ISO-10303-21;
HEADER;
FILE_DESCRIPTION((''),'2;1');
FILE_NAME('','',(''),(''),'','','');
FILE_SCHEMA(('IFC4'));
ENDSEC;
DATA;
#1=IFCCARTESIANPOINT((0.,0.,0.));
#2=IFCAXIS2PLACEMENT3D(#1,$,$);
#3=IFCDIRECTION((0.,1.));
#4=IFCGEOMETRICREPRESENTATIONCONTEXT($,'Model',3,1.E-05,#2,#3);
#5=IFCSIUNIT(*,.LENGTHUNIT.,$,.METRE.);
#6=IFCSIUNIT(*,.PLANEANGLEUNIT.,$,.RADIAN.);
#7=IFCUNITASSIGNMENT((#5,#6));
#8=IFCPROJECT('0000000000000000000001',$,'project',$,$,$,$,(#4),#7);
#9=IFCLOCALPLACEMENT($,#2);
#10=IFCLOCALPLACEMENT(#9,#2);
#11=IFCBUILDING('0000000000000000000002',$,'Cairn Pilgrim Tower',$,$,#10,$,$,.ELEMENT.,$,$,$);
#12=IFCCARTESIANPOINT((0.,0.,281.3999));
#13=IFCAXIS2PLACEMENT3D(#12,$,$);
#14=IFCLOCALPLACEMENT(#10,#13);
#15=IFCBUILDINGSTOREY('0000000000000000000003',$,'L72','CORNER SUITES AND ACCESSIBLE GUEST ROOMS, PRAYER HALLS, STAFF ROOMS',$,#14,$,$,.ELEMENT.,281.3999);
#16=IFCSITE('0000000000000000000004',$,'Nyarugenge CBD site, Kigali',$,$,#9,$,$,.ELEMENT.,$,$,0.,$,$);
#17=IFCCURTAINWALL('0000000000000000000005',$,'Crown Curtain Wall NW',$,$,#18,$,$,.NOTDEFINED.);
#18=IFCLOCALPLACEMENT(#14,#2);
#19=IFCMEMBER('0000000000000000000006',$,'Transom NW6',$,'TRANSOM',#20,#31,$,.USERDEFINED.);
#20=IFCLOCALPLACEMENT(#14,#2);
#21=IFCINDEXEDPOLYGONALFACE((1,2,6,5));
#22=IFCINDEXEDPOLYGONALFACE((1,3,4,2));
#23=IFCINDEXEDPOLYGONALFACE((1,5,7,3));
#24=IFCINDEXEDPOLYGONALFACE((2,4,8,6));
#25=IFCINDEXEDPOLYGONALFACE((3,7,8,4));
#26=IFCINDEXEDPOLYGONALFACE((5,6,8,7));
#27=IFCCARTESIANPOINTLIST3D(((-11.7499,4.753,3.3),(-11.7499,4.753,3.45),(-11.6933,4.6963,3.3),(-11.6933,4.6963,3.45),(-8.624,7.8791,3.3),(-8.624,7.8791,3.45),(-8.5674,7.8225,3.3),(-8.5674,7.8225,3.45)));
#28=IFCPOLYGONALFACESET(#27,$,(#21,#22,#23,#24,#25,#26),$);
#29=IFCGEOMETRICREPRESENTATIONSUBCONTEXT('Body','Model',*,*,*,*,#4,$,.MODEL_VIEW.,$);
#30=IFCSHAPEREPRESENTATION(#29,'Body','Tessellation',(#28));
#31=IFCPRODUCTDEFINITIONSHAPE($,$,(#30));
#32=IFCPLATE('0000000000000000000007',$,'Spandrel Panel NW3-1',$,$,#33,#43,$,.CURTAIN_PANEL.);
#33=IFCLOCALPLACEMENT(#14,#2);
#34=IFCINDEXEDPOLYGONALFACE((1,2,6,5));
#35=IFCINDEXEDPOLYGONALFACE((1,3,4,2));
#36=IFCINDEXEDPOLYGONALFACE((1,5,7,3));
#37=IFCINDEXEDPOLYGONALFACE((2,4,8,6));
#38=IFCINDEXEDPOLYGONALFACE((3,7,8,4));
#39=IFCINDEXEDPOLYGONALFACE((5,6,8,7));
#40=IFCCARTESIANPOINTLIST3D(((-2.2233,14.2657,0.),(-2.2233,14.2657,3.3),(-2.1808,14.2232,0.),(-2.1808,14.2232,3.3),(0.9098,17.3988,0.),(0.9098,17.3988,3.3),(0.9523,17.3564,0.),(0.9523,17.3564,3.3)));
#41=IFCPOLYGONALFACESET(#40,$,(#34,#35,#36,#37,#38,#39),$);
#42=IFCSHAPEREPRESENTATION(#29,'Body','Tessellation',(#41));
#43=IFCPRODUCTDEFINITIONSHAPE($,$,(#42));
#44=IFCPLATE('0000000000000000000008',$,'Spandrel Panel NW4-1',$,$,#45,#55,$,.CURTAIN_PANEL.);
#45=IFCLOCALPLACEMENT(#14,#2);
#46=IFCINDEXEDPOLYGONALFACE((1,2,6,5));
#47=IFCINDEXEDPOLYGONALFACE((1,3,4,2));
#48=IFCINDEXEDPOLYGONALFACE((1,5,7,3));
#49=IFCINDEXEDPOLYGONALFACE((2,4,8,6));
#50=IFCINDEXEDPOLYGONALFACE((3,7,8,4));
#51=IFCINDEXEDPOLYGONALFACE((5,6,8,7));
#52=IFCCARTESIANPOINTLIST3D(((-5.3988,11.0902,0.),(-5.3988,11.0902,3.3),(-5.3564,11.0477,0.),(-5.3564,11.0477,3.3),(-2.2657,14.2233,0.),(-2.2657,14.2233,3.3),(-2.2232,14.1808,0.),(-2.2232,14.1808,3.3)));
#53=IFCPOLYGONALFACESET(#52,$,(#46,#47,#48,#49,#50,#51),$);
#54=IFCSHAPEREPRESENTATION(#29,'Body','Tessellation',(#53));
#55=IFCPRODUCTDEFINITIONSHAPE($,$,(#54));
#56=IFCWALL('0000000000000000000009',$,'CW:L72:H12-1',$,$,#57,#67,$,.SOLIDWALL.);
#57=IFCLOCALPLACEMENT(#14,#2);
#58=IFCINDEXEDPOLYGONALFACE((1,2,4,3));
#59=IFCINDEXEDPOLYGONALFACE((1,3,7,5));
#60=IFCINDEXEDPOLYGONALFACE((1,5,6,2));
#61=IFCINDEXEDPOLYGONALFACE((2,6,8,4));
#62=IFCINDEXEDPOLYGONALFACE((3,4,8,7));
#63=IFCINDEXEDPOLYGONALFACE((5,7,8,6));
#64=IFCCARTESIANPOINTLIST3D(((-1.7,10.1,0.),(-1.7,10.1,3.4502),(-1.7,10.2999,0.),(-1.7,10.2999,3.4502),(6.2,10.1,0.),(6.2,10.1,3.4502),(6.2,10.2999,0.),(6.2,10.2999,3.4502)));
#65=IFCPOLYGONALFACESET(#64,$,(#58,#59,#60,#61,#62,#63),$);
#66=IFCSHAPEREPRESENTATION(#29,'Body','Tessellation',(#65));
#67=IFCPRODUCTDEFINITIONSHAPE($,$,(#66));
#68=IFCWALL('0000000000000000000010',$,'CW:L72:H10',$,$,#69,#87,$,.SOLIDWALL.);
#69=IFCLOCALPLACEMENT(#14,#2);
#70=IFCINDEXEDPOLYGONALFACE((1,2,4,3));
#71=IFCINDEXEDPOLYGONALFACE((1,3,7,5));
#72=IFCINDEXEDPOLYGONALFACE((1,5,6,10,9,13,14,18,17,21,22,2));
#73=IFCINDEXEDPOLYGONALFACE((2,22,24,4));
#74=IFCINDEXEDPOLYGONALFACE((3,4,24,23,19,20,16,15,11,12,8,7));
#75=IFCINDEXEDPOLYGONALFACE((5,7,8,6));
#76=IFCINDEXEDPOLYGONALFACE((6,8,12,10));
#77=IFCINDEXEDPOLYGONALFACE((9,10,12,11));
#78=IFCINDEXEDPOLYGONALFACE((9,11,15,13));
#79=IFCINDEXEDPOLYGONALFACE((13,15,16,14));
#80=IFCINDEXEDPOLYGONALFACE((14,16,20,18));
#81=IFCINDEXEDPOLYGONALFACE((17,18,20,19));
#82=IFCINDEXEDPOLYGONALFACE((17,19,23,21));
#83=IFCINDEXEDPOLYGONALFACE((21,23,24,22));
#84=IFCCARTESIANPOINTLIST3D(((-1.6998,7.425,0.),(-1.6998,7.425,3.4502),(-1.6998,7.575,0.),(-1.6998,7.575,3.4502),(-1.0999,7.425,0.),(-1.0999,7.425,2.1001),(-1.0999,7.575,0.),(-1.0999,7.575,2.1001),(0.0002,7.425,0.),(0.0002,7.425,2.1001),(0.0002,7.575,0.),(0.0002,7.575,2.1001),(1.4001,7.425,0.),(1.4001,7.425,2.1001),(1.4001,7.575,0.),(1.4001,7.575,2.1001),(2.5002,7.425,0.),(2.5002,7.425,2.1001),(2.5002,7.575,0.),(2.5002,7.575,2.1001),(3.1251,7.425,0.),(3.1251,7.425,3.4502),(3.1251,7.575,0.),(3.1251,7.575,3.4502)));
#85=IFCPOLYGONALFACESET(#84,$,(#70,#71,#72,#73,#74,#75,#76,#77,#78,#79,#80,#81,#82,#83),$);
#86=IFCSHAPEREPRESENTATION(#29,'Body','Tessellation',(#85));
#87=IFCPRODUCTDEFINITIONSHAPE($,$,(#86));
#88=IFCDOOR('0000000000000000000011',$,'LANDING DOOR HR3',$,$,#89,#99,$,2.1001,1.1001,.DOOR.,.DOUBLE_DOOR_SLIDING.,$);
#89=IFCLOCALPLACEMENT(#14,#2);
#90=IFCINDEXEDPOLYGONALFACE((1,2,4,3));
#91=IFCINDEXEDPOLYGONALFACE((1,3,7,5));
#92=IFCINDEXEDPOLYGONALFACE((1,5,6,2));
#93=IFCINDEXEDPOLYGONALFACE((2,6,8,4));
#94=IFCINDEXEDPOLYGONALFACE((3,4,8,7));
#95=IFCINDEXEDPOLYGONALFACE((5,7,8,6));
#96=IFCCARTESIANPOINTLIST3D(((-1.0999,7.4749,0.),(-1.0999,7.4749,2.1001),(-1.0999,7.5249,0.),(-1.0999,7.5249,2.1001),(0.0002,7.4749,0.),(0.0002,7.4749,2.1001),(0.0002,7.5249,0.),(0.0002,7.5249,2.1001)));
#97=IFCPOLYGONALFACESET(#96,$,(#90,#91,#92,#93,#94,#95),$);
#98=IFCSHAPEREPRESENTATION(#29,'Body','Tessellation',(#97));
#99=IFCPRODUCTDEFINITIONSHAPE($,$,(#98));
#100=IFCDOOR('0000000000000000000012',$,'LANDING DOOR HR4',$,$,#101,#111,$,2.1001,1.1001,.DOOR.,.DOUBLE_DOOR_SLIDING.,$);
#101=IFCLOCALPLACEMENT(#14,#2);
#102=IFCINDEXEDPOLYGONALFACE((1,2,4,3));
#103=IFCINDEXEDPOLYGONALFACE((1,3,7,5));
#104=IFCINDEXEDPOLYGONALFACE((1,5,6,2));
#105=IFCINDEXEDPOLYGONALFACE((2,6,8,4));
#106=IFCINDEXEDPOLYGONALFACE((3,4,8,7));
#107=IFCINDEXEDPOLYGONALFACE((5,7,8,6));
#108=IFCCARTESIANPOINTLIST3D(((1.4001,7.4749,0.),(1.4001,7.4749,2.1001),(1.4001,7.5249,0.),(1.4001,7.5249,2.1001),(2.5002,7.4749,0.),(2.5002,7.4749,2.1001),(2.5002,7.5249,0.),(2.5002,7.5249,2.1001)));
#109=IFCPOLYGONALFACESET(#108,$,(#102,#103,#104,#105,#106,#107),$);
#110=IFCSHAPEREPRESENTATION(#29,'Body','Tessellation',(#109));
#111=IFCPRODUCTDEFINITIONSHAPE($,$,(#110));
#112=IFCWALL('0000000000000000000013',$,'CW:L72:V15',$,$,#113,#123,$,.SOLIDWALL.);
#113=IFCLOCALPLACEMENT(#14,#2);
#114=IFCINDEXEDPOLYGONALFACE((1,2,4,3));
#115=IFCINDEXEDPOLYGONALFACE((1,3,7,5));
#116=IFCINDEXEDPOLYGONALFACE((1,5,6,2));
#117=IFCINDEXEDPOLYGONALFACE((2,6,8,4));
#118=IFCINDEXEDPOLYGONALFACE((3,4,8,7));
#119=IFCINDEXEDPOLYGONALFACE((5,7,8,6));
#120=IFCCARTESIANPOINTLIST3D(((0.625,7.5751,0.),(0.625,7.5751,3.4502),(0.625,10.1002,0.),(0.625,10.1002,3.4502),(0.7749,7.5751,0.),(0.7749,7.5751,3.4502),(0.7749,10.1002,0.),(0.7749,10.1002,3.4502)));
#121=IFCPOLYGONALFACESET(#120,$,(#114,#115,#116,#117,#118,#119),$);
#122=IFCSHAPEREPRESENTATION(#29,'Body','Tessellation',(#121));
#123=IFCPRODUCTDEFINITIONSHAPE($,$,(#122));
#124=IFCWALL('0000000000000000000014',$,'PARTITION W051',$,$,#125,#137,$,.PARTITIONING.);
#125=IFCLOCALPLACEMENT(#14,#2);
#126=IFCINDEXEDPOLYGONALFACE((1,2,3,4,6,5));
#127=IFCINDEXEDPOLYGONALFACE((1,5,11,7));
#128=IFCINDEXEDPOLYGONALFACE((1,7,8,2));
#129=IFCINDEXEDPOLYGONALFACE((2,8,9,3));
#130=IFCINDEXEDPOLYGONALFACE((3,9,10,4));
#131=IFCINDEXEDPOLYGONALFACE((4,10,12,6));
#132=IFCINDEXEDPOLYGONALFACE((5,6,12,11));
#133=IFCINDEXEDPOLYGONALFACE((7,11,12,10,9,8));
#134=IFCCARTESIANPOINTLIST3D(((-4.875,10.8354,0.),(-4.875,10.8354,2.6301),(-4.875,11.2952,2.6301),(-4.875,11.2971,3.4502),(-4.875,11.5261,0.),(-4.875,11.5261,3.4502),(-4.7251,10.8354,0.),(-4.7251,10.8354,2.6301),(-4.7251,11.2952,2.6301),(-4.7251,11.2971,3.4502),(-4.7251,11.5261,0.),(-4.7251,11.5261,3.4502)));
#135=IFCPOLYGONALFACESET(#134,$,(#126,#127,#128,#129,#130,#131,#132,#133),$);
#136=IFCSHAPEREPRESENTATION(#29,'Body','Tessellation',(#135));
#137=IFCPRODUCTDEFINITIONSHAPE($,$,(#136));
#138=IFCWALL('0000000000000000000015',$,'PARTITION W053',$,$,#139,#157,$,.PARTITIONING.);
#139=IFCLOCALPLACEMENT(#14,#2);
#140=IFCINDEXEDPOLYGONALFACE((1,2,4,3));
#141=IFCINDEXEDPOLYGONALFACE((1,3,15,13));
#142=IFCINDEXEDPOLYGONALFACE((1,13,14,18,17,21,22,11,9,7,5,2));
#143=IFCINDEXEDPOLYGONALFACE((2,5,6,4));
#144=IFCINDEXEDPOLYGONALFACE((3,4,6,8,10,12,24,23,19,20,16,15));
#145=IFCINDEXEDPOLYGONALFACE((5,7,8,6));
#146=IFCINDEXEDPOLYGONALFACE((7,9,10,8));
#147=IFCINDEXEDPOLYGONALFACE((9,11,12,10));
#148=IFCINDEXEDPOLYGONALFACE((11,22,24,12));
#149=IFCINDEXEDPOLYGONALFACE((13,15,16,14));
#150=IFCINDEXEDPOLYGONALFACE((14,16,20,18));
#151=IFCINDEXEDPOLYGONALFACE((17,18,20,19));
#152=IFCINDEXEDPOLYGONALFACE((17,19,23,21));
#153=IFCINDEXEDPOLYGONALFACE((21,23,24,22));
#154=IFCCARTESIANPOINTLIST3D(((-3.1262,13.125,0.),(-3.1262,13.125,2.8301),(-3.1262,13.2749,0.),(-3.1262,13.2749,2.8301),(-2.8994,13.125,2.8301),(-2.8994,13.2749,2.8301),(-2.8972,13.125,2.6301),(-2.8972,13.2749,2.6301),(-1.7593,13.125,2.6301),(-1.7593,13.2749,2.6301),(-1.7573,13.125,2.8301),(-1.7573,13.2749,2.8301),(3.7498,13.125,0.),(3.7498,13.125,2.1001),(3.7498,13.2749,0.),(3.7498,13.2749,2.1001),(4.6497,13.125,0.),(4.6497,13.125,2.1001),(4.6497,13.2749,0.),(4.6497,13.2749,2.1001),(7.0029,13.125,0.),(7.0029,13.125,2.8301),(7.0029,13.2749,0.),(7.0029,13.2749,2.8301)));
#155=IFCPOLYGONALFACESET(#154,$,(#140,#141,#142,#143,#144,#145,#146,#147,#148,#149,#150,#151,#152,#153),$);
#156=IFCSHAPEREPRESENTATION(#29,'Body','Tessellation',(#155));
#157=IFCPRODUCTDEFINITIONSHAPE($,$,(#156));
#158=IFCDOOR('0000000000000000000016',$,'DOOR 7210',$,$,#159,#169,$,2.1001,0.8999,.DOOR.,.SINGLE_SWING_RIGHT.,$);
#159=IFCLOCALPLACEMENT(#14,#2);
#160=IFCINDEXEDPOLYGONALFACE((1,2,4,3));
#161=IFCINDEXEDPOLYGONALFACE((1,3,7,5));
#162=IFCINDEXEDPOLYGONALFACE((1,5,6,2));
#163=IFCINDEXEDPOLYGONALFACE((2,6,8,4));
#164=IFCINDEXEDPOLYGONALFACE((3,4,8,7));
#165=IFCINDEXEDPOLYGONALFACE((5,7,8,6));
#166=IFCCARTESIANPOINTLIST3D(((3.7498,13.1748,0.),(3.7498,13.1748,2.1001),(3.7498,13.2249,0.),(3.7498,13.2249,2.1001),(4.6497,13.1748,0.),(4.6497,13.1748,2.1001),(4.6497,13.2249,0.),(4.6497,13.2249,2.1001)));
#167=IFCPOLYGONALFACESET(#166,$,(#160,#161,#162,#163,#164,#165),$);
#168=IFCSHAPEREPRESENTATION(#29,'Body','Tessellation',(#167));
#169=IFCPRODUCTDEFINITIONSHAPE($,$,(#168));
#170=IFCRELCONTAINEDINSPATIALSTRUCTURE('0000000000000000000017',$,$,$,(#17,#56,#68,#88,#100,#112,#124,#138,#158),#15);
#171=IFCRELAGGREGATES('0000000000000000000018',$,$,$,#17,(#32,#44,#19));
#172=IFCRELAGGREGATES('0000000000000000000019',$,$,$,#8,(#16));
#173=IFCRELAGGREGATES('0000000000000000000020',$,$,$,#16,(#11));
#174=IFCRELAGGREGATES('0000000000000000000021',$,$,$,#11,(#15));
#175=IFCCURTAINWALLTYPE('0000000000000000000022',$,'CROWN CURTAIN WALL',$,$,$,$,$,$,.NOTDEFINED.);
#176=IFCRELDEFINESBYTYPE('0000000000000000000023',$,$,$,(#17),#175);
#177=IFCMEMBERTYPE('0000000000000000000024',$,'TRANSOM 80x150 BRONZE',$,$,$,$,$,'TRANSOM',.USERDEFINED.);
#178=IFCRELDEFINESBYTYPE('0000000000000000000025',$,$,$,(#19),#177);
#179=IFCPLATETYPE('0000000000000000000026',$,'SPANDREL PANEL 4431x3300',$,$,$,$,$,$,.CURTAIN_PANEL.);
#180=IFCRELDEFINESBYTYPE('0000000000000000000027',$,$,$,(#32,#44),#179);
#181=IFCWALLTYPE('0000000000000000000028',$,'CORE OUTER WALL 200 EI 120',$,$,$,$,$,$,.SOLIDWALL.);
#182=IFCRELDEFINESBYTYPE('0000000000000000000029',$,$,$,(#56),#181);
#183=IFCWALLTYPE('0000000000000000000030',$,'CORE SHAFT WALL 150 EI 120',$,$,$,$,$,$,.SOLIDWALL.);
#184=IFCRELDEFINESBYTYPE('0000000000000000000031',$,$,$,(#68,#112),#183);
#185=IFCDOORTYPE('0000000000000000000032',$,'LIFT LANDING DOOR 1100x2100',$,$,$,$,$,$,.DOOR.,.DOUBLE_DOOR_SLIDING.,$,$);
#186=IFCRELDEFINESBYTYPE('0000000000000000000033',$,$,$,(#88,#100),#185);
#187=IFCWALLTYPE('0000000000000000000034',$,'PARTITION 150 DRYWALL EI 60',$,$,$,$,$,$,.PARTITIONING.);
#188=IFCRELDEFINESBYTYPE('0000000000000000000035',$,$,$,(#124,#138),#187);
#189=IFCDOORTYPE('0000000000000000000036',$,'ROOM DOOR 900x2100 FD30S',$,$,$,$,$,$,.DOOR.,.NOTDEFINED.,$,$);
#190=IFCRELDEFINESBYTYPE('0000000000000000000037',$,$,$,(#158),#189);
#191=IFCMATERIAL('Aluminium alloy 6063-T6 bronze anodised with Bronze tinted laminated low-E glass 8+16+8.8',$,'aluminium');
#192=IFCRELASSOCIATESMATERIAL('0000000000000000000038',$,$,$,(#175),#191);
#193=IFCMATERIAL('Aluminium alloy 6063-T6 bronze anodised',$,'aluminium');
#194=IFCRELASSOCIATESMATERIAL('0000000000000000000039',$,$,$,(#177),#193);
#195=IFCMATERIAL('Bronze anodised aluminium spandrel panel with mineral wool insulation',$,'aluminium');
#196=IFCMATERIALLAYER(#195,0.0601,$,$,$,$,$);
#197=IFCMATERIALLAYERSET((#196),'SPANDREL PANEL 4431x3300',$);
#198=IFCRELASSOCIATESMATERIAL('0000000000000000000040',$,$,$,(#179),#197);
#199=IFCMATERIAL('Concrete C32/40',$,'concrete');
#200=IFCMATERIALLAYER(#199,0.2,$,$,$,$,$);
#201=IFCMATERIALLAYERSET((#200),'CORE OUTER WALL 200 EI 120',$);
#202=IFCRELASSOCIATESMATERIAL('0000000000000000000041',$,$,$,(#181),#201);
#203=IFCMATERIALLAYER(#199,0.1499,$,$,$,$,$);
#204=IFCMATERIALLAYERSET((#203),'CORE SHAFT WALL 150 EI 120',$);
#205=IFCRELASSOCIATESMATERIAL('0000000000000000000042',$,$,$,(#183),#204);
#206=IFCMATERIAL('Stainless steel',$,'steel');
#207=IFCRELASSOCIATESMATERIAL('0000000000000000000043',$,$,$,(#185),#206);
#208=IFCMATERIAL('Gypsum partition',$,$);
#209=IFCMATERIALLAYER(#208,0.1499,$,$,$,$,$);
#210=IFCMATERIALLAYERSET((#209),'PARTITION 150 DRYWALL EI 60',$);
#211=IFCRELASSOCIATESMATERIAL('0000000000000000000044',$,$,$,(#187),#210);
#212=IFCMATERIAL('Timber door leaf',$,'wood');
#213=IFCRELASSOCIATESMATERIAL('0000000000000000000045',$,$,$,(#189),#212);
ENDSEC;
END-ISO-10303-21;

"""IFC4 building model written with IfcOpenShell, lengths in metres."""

from ifc_helpers import new_model, si_unit, direction, frame, frame_2d, origin, origin_2d, place, context, subcontext, project, spatial, polyline, rectangle, outline, extrude, material, layer, layer_set, material_profile, profile_set, type_object, element, fill, aggregate, save


model = new_model("IFC4")

# Units and contexts
model_context = context("Model", 3, precision=1e-05, world=origin(), true_north=direction((0.0, 1.0)))
body_context = subcontext(model_context, "Body", "Model", "MODEL_VIEW")
ifc_project = project(units=[si_unit("LENGTHUNIT", "METRE"), si_unit("PLANEANGLEUNIT", "RADIAN")], contexts=[model_context])

# Site, building, storey
site_placement = place(None, origin())
site = spatial("IfcSite", under=ifc_project, at=site_placement, Name="Nyarugenge CBD site, Kigali", CompositionType="ELEMENT", RefElevation=0.0)
building_placement = place(site_placement, origin())
building = spatial("IfcBuilding", under=site, at=building_placement, Name="Cairn Pilgrim Tower", CompositionType="ELEMENT")
storey_placement = place(building_placement, frame((0.0, 0.0, 281.3999)))
storey = spatial("IfcBuildingStorey", under=building, at=storey_placement, Name="L72", Description="CORNER SUITES AND ACCESSIBLE GUEST ROOMS, PRAYER HALLS, STAFF ROOMS", CompositionType="ELEMENT", Elevation=281.3999)

# Curtain wall
ifc_material_1 = material(Name="Aluminium alloy 6063-T6 bronze anodised with Bronze tinted laminated low-E glass 8+16+8.8", Category="aluminium")
curtain_wall_type = type_object("IfcCurtainWallType", Name="CROWN CURTAIN WALL", PredefinedType="NOTDEFINED", material=ifc_material_1)
curtain_wall_placement = place(storey_placement, origin())
curtain_wall = element("IfcCurtainWall", 1, at=curtain_wall_placement, inside=storey, type_object=curtain_wall_type, Name="Crown Curtain Wall NW", PredefinedType="NOTDEFINED")
ifc_material_2 = material(Name="Aluminium alloy 6063-T6 bronze anodised", Category="aluminium")

# Member
ifc_material_profile_1 = material_profile(ifc_material_2, rectangle(XDim=0.0801, YDim=0.1499, at=origin_2d()), Name="TRANSOM 80x150 BRONZE")
ifc_profile_set_1 = profile_set([ifc_material_profile_1], Name="Aluminium alloy 6063-T6 bronze anodised")
member_type_1 = type_object("IfcMemberType", Name="TRANSOM 80x150 BRONZE", ElementType="TRANSOM", PredefinedType="USERDEFINED", material=ifc_profile_set_1)
member_1_placement = place(storey_placement, frame((-8.5957, 7.8508, 3.375), z_axis=(-0.707079, -0.707134, 0.0), x_axis=(0.707134, -0.707079, 0.0)))
member_1 = element("IfcMember", 2, at=member_1_placement, type_object=member_type_1, Name="Transom NW6", ObjectType="TRANSOM", PredefinedType="USERDEFINED", context=body_context, shape_type="SweptSolid", body=[
    extrude(rectangle(XDim=0.0801, YDim=0.1499, at=origin_2d()), origin(), (0.0, 0.0, 1.0), 4.4209),
])

# Plates
ifc_material_3 = material(Name="Bronze anodised aluminium spandrel panel with mineral wool insulation", Category="aluminium")
ifc_layer_1 = layer(ifc_material_3, 0.0601)
ifc_layer_set_1 = layer_set([ifc_layer_1], Name="SPANDREL PANEL 4431x3300")
plate_type = type_object("IfcPlateType", Name="SPANDREL PANEL 4431x3300", PredefinedType="CURTAIN_PANEL", material=ifc_layer_set_1)
plate_1_placement = place(storey_placement, frame((-0.6355, 15.811, 0.0), z_axis=(0.0, 0.0, 1.0), x_axis=(-0.707107, -0.707107, 0.0)))
plate_1 = element("IfcPlate", 3, at=plate_1_placement, type_object=plate_type, Name="Spandrel Panel NW3-1", PredefinedType="CURTAIN_PANEL", context=body_context, shape_type="SweptSolid", body=[
    extrude(rectangle(XDim=4.4309, YDim=0.0601, at=origin_2d()), origin(), (0.0, 0.0, 1.0), 3.3),
])
plate_2_placement = place(storey_placement, frame((-3.811, 12.6355, 0.0), z_axis=(0.0, 0.0, 1.0), x_axis=(-0.707107, -0.707107, 0.0)))
plate_2 = element("IfcPlate", 4, at=plate_2_placement, type_object=plate_type, Name="Spandrel Panel NW4-1", PredefinedType="CURTAIN_PANEL", context=body_context, shape_type="SweptSolid", body=[
    extrude(rectangle(XDim=4.4309, YDim=0.0601, at=origin_2d()), origin(), (0.0, 0.0, 1.0), 3.3),
])
aggregate(curtain_wall, [plate_1, plate_2, member_1])

# Wall
ifc_material_4 = material(Name="Concrete C32/40", Category="concrete")
ifc_layer_2 = layer(ifc_material_4, 0.2)
ifc_layer_set_2 = layer_set([ifc_layer_2], Name="CORE OUTER WALL 200 EI 120")
wall_type_1 = type_object("IfcWallType", Name="CORE OUTER WALL 200 EI 120", PredefinedType="SOLIDWALL", material=ifc_layer_set_2)
wall_1_placement = place(storey_placement, frame((-1.7, 10.2, 0.0), z_axis=(0.0, 0.0, 1.0), x_axis=(1.0, 0.0, 0.0)))
element("IfcWall", 5, at=wall_1_placement, inside=storey, type_object=wall_type_1, Name="CW:L72:H12-1", PredefinedType="SOLIDWALL", context=body_context, shape_type="SweptSolid", body=[
    extrude(rectangle(XDim=7.8999, YDim=0.2, at=frame_2d((3.95, 0.0))), origin(), (0.0, 0.0, 1.0), 3.4502),
])

# Wall, openings, doors
ifc_layer_3 = layer(ifc_material_4, 0.1499)
ifc_layer_set_3 = layer_set([ifc_layer_3], Name="CORE SHAFT WALL 150 EI 120")
wall_type_2 = type_object("IfcWallType", Name="CORE SHAFT WALL 150 EI 120", PredefinedType="SOLIDWALL", material=ifc_layer_set_3)
wall_2_placement = place(storey_placement, frame((-1.7, 7.5, 0.0), z_axis=(0.0, 0.0, 1.0), x_axis=(1.0, 0.0, 0.0)))
wall_2 = element("IfcWall", 6, at=wall_2_placement, inside=storey, type_object=wall_type_2, Name="CW:L72:H10", PredefinedType="SOLIDWALL", context=body_context, shape_type="SweptSolid", body=[
    extrude(rectangle(XDim=4.825, YDim=0.1499, at=frame_2d((2.4126, 0.0))), origin(), (0.0, 0.0, 1.0), 3.4502),
])
opening_1_placement = place(wall_2_placement, frame((0.6001, 0.0, 0.0)))
opening_1 = element("IfcOpeningElement", 7, at=opening_1_placement, cuts=wall_2, PredefinedType="OPENING", context=body_context, shape_type="SweptSolid", body=[
    extrude(rectangle(XDim=1.1001, YDim=2.1001, at=frame_2d((0.55, 1.05))), frame((0.0, 0.085, 0.0), z_axis=(0.0, -1.0, 0.0), x_axis=(1.0, 0.0, 0.0)), (0.0, 0.0, 1.0), 0.1699),
])
opening_2_placement = place(wall_2_placement, frame((3.1001, 0.0, 0.0)))
opening_2 = element("IfcOpeningElement", 8, at=opening_2_placement, cuts=wall_2, PredefinedType="OPENING", context=body_context, shape_type="SweptSolid", body=[
    extrude(rectangle(XDim=1.1001, YDim=2.1001, at=frame_2d((0.55, 1.05))), frame((0.0, 0.085, 0.0), z_axis=(0.0, -1.0, 0.0), x_axis=(1.0, 0.0, 0.0)), (0.0, 0.0, 1.0), 0.1699),
])
ifc_material_5 = material(Name="Stainless steel", Category="steel")
door_type_1 = type_object("IfcDoorType", Name="LIFT LANDING DOOR 1100x2100", OperationType="DOUBLE_DOOR_SLIDING", PredefinedType="DOOR", material=ifc_material_5)
door_1_placement = place(opening_1_placement, origin())
door_1 = element("IfcDoor", 9, at=door_1_placement, inside=storey, type_object=door_type_1, Name="LANDING DOOR HR3", OperationType="DOUBLE_DOOR_SLIDING", OverallHeight=2.1001, OverallWidth=1.1001, PredefinedType="DOOR", context=body_context, shape_type="SweptSolid", body=[
    extrude(rectangle(XDim=1.1001, YDim=2.1001, at=frame_2d((0.55, 1.05))), frame((0.0, 0.0249, 0.0), z_axis=(0.0, -1.0, 0.0), x_axis=(1.0, 0.0, 0.0)), (0.0, 0.0, 1.0), 0.05),
])
fill(opening_1, door_1)
door_2_placement = place(opening_2_placement, origin())
door_2 = element("IfcDoor", 10, at=door_2_placement, inside=storey, type_object=door_type_1, Name="LANDING DOOR HR4", OperationType="DOUBLE_DOOR_SLIDING", OverallHeight=2.1001, OverallWidth=1.1001, PredefinedType="DOOR", context=body_context, shape_type="SweptSolid", body=[
    extrude(rectangle(XDim=1.1001, YDim=2.1001, at=frame_2d((0.55, 1.05))), frame((0.0, 0.0249, 0.0), z_axis=(0.0, -1.0, 0.0), x_axis=(1.0, 0.0, 0.0)), (0.0, 0.0, 1.0), 0.05),
])
fill(opening_2, door_2)

# Walls
wall_3_placement = place(storey_placement, frame((0.7, 7.575, 0.0), z_axis=(0.0, 0.0, 1.0), x_axis=(0.0, 1.0, 0.0)))
element("IfcWall", 11, at=wall_3_placement, inside=storey, type_object=wall_type_2, Name="CW:L72:V15", PredefinedType="SOLIDWALL", context=body_context, shape_type="SweptSolid", body=[
    extrude(rectangle(XDim=2.5251, YDim=0.1499, at=frame_2d((1.2627, 0.0))), origin(), (0.0, 0.0, 1.0), 3.4502),
])
ifc_material_6 = material(Name="Gypsum partition")
ifc_layer_4 = layer(ifc_material_6, 0.1499)
ifc_layer_set_4 = layer_set([ifc_layer_4], Name="PARTITION 150 DRYWALL EI 60")
wall_type_3 = type_object("IfcWallType", Name="PARTITION 150 DRYWALL EI 60", PredefinedType="PARTITIONING", material=ifc_layer_set_4)
wall_4_placement = place(storey_placement, frame((-4.8, 10.8354, 0.0), z_axis=(0.0, 0.0, 1.0), x_axis=(0.0, 1.0, 0.0)))
element("IfcWall", 12, at=wall_4_placement, inside=storey, type_object=wall_type_3, Name="PARTITION W051", PredefinedType="PARTITIONING", context=body_context, shape_type="SweptSolid", body=[
    extrude(outline(polyline([(0.0, 0.0), (0.6907, 0.0), (0.6907, 3.4502), (0.4617, 3.4502), (0.4597, 2.6301), (0.0, 2.6301), (0.0, 0.0)])), frame((0.0, 0.075, 0.0), z_axis=(0.0, -1.0, 0.0), x_axis=(1.0, 0.0, 0.0)), (0.0, 0.0, 1.0), 0.1499),
])

# Wall, opening, door
wall_5_placement = place(storey_placement, frame((-3.1262, 13.2, 0.0), z_axis=(0.0, 0.0, 1.0), x_axis=(1.0, 0.0, 0.0)))
wall_5 = element("IfcWall", 13, at=wall_5_placement, inside=storey, type_object=wall_type_3, Name="PARTITION W053", PredefinedType="PARTITIONING", context=body_context, shape_type="SweptSolid", body=[
    extrude(outline(polyline([(0.0, 0.0), (10.1292, 0.0), (10.1292, 2.8301), (1.3689, 2.8301), (1.3669, 2.6301), (0.229, 2.6301), (0.2268, 2.8301), (0.0, 2.8301), (0.0, 0.0)])), frame((0.0, 0.075, 0.0), z_axis=(0.0, -1.0, 0.0), x_axis=(1.0, 0.0, 0.0)), (0.0, 0.0, 1.0), 0.1499),
])
opening_3_placement = place(wall_5_placement, frame((6.876, 0.0, 0.0)))
opening_3 = element("IfcOpeningElement", 14, at=opening_3_placement, cuts=wall_5, PredefinedType="OPENING", context=body_context, shape_type="SweptSolid", body=[
    extrude(rectangle(XDim=0.8999, YDim=2.1001, at=frame_2d((0.45, 1.05))), frame((0.0, 0.085, 0.0), z_axis=(0.0, -1.0, 0.0), x_axis=(1.0, 0.0, 0.0)), (0.0, 0.0, 1.0), 0.1699),
])
ifc_material_7 = material(Name="Timber door leaf", Category="wood")
door_type_2 = type_object("IfcDoorType", Name="ROOM DOOR 900x2100 FD30S", OperationType="NOTDEFINED", PredefinedType="DOOR", material=ifc_material_7)
door_3_placement = place(opening_3_placement, origin())
door_3 = element("IfcDoor", 15, at=door_3_placement, inside=storey, type_object=door_type_2, Name="DOOR 7210", OperationType="SINGLE_SWING_RIGHT", OverallHeight=2.1001, OverallWidth=0.8999, PredefinedType="DOOR", context=body_context, shape_type="SweptSolid", body=[
    extrude(rectangle(XDim=0.8999, YDim=2.1001, at=frame_2d((0.45, 1.05))), frame((0.0, 0.0249, 0.0), z_axis=(0.0, -1.0, 0.0), x_axis=(1.0, 0.0, 0.0)), (0.0, 0.0, 1.0), 0.05),
])
fill(opening_3, door_3)

save(model, "model.ifc")
